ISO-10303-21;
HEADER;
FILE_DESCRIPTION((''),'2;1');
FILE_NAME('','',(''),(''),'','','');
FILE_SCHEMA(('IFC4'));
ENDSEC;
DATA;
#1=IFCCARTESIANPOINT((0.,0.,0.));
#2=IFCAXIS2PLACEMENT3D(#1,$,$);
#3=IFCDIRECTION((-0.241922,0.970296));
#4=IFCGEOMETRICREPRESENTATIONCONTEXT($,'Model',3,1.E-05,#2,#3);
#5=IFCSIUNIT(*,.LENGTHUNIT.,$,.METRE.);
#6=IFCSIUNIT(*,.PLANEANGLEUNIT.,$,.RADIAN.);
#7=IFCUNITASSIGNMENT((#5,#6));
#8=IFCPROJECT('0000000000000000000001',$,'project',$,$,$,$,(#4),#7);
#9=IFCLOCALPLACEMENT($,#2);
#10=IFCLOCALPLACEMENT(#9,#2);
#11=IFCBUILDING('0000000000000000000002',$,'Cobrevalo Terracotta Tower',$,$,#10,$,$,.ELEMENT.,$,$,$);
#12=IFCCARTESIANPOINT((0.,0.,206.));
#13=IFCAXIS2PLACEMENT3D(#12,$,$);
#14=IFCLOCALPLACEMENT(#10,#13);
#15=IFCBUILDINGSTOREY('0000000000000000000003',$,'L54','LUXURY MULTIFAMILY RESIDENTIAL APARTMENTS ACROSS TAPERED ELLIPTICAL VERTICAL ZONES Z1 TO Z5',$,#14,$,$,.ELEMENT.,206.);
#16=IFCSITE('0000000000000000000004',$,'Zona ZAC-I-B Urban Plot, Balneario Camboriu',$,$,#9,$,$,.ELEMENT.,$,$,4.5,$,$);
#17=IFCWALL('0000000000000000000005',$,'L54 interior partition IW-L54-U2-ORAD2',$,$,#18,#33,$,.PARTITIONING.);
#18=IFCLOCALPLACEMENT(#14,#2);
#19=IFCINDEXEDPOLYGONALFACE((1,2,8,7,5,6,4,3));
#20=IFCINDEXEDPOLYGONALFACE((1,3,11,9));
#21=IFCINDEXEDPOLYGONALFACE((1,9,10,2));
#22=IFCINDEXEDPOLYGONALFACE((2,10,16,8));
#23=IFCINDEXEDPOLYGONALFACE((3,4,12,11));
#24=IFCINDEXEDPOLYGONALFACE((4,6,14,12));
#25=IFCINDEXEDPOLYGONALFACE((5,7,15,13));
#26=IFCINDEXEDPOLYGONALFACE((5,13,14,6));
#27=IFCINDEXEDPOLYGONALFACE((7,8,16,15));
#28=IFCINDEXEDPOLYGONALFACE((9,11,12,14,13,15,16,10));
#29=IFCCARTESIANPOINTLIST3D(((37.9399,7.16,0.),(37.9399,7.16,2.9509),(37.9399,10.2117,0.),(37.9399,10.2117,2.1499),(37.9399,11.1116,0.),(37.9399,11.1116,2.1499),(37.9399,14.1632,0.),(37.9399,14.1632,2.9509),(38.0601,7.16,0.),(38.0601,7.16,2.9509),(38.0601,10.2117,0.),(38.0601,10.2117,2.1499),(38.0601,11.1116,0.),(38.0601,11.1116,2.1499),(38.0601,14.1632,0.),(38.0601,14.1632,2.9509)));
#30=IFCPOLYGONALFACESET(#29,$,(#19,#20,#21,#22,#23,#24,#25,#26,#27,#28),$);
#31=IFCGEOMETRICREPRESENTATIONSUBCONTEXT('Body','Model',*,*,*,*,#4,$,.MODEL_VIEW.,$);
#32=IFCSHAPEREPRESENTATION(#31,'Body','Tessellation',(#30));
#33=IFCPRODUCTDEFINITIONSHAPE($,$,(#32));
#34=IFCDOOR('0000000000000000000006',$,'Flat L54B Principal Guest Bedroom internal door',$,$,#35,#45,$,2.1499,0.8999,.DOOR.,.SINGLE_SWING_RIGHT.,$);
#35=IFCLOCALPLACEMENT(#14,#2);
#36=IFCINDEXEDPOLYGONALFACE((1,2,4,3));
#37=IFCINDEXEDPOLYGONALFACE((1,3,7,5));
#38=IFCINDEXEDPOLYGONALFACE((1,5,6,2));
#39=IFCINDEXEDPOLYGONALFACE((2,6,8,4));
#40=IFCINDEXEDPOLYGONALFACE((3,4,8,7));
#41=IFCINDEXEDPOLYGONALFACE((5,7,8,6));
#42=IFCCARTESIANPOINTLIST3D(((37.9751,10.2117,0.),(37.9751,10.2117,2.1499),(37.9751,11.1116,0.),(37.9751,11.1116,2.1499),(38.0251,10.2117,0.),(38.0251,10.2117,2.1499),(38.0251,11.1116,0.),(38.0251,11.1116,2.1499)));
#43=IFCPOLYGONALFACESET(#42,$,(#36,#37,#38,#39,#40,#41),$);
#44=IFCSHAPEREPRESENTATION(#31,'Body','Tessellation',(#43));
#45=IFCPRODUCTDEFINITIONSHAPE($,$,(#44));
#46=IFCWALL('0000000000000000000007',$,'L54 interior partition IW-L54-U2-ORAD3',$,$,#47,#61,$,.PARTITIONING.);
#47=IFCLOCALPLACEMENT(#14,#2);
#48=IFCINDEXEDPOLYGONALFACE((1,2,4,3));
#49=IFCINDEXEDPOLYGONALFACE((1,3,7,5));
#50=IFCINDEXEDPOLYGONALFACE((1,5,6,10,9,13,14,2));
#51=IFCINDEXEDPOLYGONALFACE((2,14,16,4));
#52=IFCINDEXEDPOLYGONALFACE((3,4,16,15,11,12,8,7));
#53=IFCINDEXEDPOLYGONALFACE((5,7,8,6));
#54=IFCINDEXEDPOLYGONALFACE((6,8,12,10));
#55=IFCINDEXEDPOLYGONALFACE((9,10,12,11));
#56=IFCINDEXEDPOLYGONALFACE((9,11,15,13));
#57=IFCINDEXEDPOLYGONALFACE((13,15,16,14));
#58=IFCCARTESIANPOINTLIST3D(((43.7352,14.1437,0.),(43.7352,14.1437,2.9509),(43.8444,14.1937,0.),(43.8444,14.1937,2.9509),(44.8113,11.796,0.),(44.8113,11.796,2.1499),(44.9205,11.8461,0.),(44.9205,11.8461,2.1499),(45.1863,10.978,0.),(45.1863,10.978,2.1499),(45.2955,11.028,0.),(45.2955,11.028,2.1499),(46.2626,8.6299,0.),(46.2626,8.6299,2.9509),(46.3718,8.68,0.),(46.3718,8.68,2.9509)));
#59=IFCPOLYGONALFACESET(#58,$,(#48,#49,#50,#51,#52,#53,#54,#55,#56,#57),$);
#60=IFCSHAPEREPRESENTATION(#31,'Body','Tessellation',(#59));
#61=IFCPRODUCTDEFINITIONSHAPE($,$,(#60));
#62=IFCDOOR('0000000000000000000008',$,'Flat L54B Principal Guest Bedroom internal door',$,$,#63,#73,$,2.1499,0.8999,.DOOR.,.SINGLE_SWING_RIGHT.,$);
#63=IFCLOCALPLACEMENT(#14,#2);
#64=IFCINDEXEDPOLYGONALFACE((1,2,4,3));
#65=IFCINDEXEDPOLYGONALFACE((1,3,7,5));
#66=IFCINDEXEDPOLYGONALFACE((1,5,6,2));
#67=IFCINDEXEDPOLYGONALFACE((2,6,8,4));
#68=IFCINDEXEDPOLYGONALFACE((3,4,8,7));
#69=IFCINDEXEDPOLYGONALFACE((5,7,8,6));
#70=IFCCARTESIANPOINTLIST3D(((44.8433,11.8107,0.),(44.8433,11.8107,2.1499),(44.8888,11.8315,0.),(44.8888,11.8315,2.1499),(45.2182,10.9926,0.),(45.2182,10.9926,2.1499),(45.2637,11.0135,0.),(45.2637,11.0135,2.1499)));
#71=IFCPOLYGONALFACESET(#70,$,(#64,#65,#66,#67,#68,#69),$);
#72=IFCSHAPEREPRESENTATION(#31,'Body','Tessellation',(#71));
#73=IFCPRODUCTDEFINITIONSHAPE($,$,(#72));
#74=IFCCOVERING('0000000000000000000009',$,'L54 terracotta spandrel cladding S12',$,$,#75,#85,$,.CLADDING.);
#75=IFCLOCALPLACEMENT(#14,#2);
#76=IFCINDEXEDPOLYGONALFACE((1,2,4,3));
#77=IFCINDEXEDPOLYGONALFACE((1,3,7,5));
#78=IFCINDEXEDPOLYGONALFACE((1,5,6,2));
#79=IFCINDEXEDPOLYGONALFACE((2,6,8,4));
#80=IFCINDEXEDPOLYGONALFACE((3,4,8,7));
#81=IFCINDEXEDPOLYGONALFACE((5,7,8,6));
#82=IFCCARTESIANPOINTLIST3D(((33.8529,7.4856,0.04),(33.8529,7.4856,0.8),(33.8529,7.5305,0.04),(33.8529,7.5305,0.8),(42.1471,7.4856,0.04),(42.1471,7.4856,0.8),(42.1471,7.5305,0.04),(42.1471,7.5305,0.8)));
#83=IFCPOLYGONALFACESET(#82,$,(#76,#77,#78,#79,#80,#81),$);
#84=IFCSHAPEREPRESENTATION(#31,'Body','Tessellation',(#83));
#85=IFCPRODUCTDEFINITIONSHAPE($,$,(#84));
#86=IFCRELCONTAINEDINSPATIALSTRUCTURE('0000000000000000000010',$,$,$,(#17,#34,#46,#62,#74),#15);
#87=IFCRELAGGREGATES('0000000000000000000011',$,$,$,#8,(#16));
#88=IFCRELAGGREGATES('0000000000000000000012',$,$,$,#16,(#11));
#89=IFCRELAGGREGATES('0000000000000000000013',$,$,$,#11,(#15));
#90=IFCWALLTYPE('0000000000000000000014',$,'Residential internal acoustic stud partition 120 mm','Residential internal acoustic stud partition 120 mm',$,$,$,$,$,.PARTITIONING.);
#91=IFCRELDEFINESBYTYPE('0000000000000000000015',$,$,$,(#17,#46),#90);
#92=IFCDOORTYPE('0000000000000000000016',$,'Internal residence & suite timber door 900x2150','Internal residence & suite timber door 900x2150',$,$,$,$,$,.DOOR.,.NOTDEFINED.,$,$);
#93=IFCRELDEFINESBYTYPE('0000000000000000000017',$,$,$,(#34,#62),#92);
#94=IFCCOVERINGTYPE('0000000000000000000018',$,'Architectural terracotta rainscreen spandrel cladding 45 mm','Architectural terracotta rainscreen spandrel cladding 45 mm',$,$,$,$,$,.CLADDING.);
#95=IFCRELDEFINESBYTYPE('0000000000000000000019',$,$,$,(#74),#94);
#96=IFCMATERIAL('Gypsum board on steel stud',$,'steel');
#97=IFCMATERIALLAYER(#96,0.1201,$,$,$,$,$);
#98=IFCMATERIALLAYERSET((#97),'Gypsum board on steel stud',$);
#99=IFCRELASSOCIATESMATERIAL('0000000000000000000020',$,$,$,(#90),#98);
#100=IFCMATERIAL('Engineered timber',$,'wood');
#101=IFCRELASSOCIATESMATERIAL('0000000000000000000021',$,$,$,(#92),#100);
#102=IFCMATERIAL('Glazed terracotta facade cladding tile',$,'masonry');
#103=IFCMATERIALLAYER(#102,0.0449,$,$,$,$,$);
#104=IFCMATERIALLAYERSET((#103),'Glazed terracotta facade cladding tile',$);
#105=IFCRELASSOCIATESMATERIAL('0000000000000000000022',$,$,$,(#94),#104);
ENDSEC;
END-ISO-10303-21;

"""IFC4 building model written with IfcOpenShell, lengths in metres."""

from ifc_helpers import new_model, si_unit, direction, frame, frame_2d, origin, origin_2d, place, context, subcontext, project, spatial, rectangle, extrude, source, transform, mapped, material, layer, layer_set, type_object, element, fill, save


model = new_model("IFC4")

# Units and contexts
model_context = context("Model", 3, precision=1e-05, world=origin(), true_north=direction((-0.241922, 0.970296)))
body_context = subcontext(model_context, "Body", "Model", "MODEL_VIEW")
ifc_project = project(units=[si_unit("LENGTHUNIT", "METRE"), si_unit("PLANEANGLEUNIT", "RADIAN")], contexts=[model_context])

# Site, building, storey
site_placement = place(None, origin())
site = spatial("IfcSite", under=ifc_project, at=site_placement, Name="Zona ZAC-I-B Urban Plot, Balneario Camboriu", CompositionType="ELEMENT", RefElevation=4.5)
building_placement = place(site_placement, origin())
building = spatial("IfcBuilding", under=site, at=building_placement, Name="Cobrevalo Terracotta Tower", CompositionType="ELEMENT")
storey_placement = place(building_placement, frame((0.0, 0.0, 206.0)))
storey = spatial("IfcBuildingStorey", under=building, at=storey_placement, Name="L54", Description="LUXURY MULTIFAMILY RESIDENTIAL APARTMENTS ACROSS TAPERED ELLIPTICAL VERTICAL ZONES Z1 TO Z5", CompositionType="ELEMENT", Elevation=206.0)

# Shared definitions
ifc_material_1 = material(Name="Gypsum board on steel stud", Category="steel")
ifc_layer_1 = layer(ifc_material_1, 0.1201)
ifc_layer_set_1 = layer_set([ifc_layer_1], Name="Gypsum board on steel stud")
wall_type = type_object("IfcWallType", Name="Residential internal acoustic stud partition 120 mm", Description="Residential internal acoustic stud partition 120 mm", PredefinedType="PARTITIONING", material=ifc_layer_set_1)

# Walls, openings, doors
wall_1_placement = place(storey_placement, frame((38.0, 14.1631, 0.0), z_axis=(0.0, 0.0, 1.0), x_axis=(0.0, -1.0, 0.0)))
wall_1 = element("IfcWall", 1, at=wall_1_placement, inside=storey, type_object=wall_type, Name="L54 interior partition IW-L54-U2-ORAD2", PredefinedType="PARTITIONING", context=body_context, shape_type="SweptSolid", body=[
    extrude(rectangle(XDim=7.0032, YDim=0.1201, at=frame_2d((3.5015, 0.0))), origin(), (0.0, 0.0, 1.0), 2.9509),
])
opening_1_placement = place(wall_1_placement, frame((3.0515, 0.0, 0.0)))
opening_1 = element("IfcOpeningElement", 2, at=opening_1_placement, cuts=wall_1, PredefinedType="OPENING", context=body_context, shape_type="SweptSolid", body=[
    extrude(rectangle(XDim=0.8999, YDim=2.1499, at=frame_2d((0.45, 1.075))), frame((0.0, 0.0701, 0.0), z_axis=(0.0, -1.0, 0.0), x_axis=(1.0, 0.0, 0.0)), (0.0, 0.0, 1.0), 0.1401),
])
ifc_material_2 = material(Name="Engineered timber", Category="wood")
door_type = type_object("IfcDoorType", Name="Internal residence & suite timber door 900x2150", Description="Internal residence & suite timber door 900x2150", OperationType="NOTDEFINED", PredefinedType="DOOR", material=ifc_material_2)
shared_shape_1 = source(origin(), body_context, "Body", "SweptSolid", [
    extrude(rectangle(XDim=0.8999, YDim=2.1499, at=frame_2d((0.45, 1.075))), frame((0.0, 0.0249, 0.0), z_axis=(0.0, -1.0, 0.0), x_axis=(1.0, 0.0, 0.0)), (0.0, 0.0, 1.0), 0.05),
])
door_1_placement = place(opening_1_placement, frame((0.8999, 0.0, 0.0), z_axis=(0.0, 0.0, 1.0), x_axis=(-1.0, 0.0, 0.0)))
door_1 = element("IfcDoor", 3, at=door_1_placement, inside=storey, type_object=door_type, Name="Flat L54B Principal Guest Bedroom internal door", OperationType="SINGLE_SWING_RIGHT", OverallHeight=2.1499, OverallWidth=0.8999, PredefinedType="DOOR", context=body_context, shape_type="MappedRepresentation", body=[
    mapped(shared_shape_1, transform((0.0, 0.0, 0.0), scale=1.0)),
])
fill(opening_1, door_1)
wall_2_placement = place(storey_placement, frame((43.7898, 14.1687, 0.0), z_axis=(0.0, 0.0, 1.0), x_axis=(0.416688, -0.90905, 0.0)))
wall_2 = element("IfcWall", 4, at=wall_2_placement, inside=storey, type_object=wall_type, Name="L54 interior partition IW-L54-U2-ORAD3", PredefinedType="PARTITIONING", context=body_context, shape_type="SweptSolid", body=[
    extrude(rectangle(XDim=6.0654, YDim=0.1201, at=frame_2d((3.0327, 0.0))), origin(), (0.0, 0.0, 1.0), 2.9509),
])
opening_2_placement = place(wall_2_placement, frame((2.5825, 0.0, 0.0)))
opening_2 = element("IfcOpeningElement", 5, at=opening_2_placement, cuts=wall_2, PredefinedType="OPENING", context=body_context, shape_type="SweptSolid", body=[
    extrude(rectangle(XDim=0.8999, YDim=2.1499, at=frame_2d((0.45, 1.075))), frame((0.0, 0.0701, 0.0), z_axis=(0.0, -1.0, 0.0), x_axis=(1.0, 0.0, 0.0)), (0.0, 0.0, 1.0), 0.1401),
])
door_2_placement = place(opening_2_placement, frame((0.8999, 0.0, 0.0), z_axis=(0.0, 0.0, 1.0), x_axis=(-1.0, 0.0, 0.0)))
door_2 = element("IfcDoor", 6, at=door_2_placement, inside=storey, type_object=door_type, Name="Flat L54B Principal Guest Bedroom internal door", OperationType="SINGLE_SWING_RIGHT", OverallHeight=2.1499, OverallWidth=0.8999, PredefinedType="DOOR", context=body_context, shape_type="MappedRepresentation", body=[
    mapped(shared_shape_1, transform((0.0, 0.0, 0.0), scale=1.0)),
])
fill(opening_2, door_2)

# Covering
ifc_material_3 = material(Name="Glazed terracotta facade cladding tile", Category="masonry")
ifc_layer_2 = layer(ifc_material_3, 0.0449)
ifc_layer_set_2 = layer_set([ifc_layer_2], Name="Glazed terracotta facade cladding tile")
covering_type = type_object("IfcCoveringType", Name="Architectural terracotta rainscreen spandrel cladding 45 mm", Description="Architectural terracotta rainscreen spandrel cladding 45 mm", PredefinedType="CLADDING", material=ifc_layer_set_2)
shared_shape_2 = source(origin(), body_context, "Body", "SweptSolid", [
    extrude(rectangle(XDim=8.2942, YDim=0.0449, at=origin_2d()), origin(), (0.0, 0.0, 1.0), 0.76),
])
covering_placement = place(storey_placement, frame((38.0, 7.5081, 0.04), z_axis=(0.0, 0.0, 1.0), x_axis=(1.0, 0.0, 0.0)))
element("IfcCovering", 7, at=covering_placement, inside=storey, type_object=covering_type, Name="L54 terracotta spandrel cladding S12", PredefinedType="CLADDING", context=body_context, shape_type="MappedRepresentation", body=[
    mapped(shared_shape_2, transform((0.0, 0.0, 0.0), scale=1.0)),
])

save(model, "model.ifc")
